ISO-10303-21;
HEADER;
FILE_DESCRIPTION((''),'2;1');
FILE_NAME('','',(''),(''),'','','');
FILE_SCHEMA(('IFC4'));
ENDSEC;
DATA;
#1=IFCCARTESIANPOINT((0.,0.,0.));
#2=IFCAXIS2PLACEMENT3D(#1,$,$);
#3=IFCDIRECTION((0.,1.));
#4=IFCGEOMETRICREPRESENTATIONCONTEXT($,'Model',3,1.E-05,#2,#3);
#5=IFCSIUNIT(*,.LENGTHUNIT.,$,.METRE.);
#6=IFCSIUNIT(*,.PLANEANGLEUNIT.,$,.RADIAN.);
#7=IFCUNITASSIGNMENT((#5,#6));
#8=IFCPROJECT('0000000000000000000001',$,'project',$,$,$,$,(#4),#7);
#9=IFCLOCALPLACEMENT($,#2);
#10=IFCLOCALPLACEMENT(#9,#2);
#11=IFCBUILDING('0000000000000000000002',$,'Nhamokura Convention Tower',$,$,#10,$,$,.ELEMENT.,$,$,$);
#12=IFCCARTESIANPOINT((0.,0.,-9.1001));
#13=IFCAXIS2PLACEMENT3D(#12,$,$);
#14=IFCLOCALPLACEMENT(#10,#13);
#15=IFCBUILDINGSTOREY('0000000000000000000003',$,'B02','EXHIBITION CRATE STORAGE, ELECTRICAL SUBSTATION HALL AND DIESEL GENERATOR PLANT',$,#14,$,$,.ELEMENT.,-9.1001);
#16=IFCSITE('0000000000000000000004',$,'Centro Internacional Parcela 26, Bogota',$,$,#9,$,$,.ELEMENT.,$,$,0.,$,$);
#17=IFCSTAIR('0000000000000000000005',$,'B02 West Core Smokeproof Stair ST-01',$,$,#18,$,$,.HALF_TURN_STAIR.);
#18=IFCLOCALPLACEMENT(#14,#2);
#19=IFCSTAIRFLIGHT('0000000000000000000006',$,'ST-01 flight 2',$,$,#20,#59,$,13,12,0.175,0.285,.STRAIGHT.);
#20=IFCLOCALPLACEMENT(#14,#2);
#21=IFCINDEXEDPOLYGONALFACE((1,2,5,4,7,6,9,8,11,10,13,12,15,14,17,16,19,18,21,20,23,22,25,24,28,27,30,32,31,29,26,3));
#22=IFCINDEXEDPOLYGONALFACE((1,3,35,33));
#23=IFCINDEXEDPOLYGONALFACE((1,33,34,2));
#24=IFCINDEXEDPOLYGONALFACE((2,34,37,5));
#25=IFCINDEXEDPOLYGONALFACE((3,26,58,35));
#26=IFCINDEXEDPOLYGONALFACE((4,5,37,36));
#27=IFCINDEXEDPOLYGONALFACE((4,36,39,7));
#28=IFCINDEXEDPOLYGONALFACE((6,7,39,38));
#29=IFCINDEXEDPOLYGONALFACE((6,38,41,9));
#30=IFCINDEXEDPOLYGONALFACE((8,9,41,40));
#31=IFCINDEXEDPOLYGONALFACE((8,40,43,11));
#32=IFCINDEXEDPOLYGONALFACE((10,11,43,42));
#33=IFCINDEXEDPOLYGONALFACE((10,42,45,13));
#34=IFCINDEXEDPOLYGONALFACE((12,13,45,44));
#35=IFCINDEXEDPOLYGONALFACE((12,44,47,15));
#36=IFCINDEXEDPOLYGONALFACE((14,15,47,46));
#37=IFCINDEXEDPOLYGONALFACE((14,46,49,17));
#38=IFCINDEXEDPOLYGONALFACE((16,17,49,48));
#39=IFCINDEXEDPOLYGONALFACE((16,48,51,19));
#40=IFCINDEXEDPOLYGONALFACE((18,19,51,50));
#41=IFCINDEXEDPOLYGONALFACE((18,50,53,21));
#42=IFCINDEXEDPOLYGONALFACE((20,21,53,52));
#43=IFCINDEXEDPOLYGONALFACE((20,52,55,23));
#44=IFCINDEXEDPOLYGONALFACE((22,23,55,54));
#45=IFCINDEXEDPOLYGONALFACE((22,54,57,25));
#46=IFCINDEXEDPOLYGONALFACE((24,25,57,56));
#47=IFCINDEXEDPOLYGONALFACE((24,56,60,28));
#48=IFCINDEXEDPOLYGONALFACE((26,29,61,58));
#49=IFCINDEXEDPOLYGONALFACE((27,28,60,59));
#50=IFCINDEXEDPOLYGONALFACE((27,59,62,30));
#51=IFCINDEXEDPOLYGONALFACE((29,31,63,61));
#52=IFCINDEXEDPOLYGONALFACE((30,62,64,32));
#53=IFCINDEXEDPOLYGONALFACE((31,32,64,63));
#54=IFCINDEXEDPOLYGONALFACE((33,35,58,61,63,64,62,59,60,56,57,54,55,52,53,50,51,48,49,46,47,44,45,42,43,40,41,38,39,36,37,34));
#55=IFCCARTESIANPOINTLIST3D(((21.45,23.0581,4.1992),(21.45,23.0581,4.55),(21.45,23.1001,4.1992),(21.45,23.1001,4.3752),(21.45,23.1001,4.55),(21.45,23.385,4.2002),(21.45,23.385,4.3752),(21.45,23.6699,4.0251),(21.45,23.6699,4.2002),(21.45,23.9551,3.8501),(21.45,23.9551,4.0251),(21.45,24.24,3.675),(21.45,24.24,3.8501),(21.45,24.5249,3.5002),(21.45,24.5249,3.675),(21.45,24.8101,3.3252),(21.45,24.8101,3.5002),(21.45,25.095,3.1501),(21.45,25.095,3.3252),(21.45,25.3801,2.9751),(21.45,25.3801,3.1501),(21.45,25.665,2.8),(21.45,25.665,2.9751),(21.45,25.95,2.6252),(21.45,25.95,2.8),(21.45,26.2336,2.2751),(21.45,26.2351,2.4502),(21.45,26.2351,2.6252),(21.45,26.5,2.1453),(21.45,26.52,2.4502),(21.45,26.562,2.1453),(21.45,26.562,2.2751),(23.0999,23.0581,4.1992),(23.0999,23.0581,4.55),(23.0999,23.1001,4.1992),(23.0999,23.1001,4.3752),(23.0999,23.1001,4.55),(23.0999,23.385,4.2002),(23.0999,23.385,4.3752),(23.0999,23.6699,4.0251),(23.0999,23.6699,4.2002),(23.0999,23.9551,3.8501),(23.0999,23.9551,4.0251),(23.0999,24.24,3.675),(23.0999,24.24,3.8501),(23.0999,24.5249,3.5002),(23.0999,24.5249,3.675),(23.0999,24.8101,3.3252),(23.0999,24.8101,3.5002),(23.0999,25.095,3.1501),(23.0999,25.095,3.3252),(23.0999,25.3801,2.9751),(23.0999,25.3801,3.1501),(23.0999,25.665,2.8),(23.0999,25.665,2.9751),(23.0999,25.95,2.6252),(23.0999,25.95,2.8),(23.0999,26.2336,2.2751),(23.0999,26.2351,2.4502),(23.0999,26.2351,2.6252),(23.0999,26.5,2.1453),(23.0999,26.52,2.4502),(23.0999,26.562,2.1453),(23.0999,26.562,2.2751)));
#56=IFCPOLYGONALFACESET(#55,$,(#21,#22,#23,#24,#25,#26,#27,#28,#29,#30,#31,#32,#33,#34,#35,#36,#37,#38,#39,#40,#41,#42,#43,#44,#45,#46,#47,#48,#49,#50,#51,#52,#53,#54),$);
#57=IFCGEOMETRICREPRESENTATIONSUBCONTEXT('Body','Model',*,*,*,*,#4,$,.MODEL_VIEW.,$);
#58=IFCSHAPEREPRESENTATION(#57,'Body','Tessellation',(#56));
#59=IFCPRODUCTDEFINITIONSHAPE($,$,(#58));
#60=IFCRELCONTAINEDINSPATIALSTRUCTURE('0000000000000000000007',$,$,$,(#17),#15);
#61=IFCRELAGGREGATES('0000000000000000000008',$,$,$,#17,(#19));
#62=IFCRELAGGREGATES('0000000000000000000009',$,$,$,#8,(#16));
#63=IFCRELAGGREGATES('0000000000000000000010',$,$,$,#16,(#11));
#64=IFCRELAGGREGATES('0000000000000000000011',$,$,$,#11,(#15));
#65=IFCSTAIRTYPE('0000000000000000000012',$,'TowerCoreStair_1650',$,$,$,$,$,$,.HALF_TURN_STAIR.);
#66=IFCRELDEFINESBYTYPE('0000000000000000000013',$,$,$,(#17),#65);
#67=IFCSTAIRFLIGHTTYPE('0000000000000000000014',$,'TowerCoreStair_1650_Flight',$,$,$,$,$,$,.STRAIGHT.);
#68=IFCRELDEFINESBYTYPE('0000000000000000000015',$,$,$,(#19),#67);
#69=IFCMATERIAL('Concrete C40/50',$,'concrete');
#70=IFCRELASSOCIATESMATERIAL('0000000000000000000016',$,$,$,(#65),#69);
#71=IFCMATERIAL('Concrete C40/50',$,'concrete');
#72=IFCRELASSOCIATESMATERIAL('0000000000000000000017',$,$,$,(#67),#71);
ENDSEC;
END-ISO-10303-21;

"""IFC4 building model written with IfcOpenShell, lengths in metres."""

from ifc_helpers import new_model, si_unit, direction, frame, origin, place, context, subcontext, project, spatial, polyline, outline, extrude, material, type_object, element, aggregate, save


model = new_model("IFC4")

# Units and contexts
model_context = context("Model", 3, precision=1e-05, world=origin(), true_north=direction((0.0, 1.0)))
body_context = subcontext(model_context, "Body", "Model", "MODEL_VIEW")
ifc_project = project(units=[si_unit("LENGTHUNIT", "METRE"), si_unit("PLANEANGLEUNIT", "RADIAN")], contexts=[model_context])

# Site, building, storey
site_placement = place(None, origin())
site = spatial("IfcSite", under=ifc_project, at=site_placement, Name="Centro Internacional Parcela 26, Bogota", CompositionType="ELEMENT", RefElevation=0.0)
building_placement = place(site_placement, origin())
building = spatial("IfcBuilding", under=site, at=building_placement, Name="Nhamokura Convention Tower", CompositionType="ELEMENT")
storey_placement = place(building_placement, frame((0.0, 0.0, -9.1001)))
storey = spatial("IfcBuildingStorey", under=building, at=storey_placement, Name="B02", Description="EXHIBITION CRATE STORAGE, ELECTRICAL SUBSTATION HALL AND DIESEL GENERATOR PLANT", CompositionType="ELEMENT", Elevation=-9.1001)

# Stair, stair flight
ifc_material_1 = material(Name="Concrete C40/50", Category="concrete")
stair_type = type_object("IfcStairType", Name="TowerCoreStair_1650", PredefinedType="HALF_TURN_STAIR", material=ifc_material_1)
stair_placement = place(storey_placement, origin())
stair = element("IfcStair", 1, at=stair_placement, inside=storey, type_object=stair_type, Name="B02 West Core Smokeproof Stair ST-01", PredefinedType="HALF_TURN_STAIR")
ifc_material_2 = material(Name="Concrete C40/50", Category="concrete")
stair_flight_type = type_object("IfcStairFlightType", Name="TowerCoreStair_1650_Flight", PredefinedType="STRAIGHT", material=ifc_material_2)
stair_flight_1_placement = place(storey_placement, frame((22.2749, 26.52, 2.2751), z_axis=(0.0, 0.0, 1.0), x_axis=(0.0, -1.0, 0.0)))
stair_flight_1 = element("IfcStairFlight", 2, at=stair_flight_1_placement, type_object=stair_flight_type, Name="ST-01 flight 2", NumberOfRisers=13, NumberOfTreads=12, PredefinedType="STRAIGHT", RiserHeight=0.175, TreadLength=0.285, context=body_context, shape_type="SweptSolid", body=[
    extrude(outline(polyline([(-0.042, 0.0), (0.0, 0.175), (0.2849, 0.175), (0.2849, 0.3501), (0.5701, 0.3501), (0.5701, 0.5249), (0.855, 0.5249), (0.855, 0.7), (1.1399, 0.7), (1.1399, 0.875), (1.425, 0.875), (1.425, 1.05), (1.71, 1.05), (1.71, 1.2251), (1.9951, 1.2251), (1.9951, 1.3999), (2.28, 1.3999), (2.28, 1.575), (2.5649, 1.575), (2.5649, 1.75), (2.8501, 1.75), (2.8501, 1.925), (3.135, 1.925), (3.135, 2.1001), (3.4199, 2.1001), (3.4199, 2.2749), (3.4619, 2.2749), (3.4619, 1.9241), (3.4199, 1.9241), (0.2864, 0.0), (0.02, -0.1299), (-0.042, -0.1299), (-0.042, 0.0)])), frame((0.0, 0.825, 0.0), z_axis=(0.0, -1.0, 0.0), x_axis=(1.0, 0.0, 0.0)), (0.0, 0.0, 1.0), 1.6499),
])
aggregate(stair, [stair_flight_1])

save(model, "model.ifc")
